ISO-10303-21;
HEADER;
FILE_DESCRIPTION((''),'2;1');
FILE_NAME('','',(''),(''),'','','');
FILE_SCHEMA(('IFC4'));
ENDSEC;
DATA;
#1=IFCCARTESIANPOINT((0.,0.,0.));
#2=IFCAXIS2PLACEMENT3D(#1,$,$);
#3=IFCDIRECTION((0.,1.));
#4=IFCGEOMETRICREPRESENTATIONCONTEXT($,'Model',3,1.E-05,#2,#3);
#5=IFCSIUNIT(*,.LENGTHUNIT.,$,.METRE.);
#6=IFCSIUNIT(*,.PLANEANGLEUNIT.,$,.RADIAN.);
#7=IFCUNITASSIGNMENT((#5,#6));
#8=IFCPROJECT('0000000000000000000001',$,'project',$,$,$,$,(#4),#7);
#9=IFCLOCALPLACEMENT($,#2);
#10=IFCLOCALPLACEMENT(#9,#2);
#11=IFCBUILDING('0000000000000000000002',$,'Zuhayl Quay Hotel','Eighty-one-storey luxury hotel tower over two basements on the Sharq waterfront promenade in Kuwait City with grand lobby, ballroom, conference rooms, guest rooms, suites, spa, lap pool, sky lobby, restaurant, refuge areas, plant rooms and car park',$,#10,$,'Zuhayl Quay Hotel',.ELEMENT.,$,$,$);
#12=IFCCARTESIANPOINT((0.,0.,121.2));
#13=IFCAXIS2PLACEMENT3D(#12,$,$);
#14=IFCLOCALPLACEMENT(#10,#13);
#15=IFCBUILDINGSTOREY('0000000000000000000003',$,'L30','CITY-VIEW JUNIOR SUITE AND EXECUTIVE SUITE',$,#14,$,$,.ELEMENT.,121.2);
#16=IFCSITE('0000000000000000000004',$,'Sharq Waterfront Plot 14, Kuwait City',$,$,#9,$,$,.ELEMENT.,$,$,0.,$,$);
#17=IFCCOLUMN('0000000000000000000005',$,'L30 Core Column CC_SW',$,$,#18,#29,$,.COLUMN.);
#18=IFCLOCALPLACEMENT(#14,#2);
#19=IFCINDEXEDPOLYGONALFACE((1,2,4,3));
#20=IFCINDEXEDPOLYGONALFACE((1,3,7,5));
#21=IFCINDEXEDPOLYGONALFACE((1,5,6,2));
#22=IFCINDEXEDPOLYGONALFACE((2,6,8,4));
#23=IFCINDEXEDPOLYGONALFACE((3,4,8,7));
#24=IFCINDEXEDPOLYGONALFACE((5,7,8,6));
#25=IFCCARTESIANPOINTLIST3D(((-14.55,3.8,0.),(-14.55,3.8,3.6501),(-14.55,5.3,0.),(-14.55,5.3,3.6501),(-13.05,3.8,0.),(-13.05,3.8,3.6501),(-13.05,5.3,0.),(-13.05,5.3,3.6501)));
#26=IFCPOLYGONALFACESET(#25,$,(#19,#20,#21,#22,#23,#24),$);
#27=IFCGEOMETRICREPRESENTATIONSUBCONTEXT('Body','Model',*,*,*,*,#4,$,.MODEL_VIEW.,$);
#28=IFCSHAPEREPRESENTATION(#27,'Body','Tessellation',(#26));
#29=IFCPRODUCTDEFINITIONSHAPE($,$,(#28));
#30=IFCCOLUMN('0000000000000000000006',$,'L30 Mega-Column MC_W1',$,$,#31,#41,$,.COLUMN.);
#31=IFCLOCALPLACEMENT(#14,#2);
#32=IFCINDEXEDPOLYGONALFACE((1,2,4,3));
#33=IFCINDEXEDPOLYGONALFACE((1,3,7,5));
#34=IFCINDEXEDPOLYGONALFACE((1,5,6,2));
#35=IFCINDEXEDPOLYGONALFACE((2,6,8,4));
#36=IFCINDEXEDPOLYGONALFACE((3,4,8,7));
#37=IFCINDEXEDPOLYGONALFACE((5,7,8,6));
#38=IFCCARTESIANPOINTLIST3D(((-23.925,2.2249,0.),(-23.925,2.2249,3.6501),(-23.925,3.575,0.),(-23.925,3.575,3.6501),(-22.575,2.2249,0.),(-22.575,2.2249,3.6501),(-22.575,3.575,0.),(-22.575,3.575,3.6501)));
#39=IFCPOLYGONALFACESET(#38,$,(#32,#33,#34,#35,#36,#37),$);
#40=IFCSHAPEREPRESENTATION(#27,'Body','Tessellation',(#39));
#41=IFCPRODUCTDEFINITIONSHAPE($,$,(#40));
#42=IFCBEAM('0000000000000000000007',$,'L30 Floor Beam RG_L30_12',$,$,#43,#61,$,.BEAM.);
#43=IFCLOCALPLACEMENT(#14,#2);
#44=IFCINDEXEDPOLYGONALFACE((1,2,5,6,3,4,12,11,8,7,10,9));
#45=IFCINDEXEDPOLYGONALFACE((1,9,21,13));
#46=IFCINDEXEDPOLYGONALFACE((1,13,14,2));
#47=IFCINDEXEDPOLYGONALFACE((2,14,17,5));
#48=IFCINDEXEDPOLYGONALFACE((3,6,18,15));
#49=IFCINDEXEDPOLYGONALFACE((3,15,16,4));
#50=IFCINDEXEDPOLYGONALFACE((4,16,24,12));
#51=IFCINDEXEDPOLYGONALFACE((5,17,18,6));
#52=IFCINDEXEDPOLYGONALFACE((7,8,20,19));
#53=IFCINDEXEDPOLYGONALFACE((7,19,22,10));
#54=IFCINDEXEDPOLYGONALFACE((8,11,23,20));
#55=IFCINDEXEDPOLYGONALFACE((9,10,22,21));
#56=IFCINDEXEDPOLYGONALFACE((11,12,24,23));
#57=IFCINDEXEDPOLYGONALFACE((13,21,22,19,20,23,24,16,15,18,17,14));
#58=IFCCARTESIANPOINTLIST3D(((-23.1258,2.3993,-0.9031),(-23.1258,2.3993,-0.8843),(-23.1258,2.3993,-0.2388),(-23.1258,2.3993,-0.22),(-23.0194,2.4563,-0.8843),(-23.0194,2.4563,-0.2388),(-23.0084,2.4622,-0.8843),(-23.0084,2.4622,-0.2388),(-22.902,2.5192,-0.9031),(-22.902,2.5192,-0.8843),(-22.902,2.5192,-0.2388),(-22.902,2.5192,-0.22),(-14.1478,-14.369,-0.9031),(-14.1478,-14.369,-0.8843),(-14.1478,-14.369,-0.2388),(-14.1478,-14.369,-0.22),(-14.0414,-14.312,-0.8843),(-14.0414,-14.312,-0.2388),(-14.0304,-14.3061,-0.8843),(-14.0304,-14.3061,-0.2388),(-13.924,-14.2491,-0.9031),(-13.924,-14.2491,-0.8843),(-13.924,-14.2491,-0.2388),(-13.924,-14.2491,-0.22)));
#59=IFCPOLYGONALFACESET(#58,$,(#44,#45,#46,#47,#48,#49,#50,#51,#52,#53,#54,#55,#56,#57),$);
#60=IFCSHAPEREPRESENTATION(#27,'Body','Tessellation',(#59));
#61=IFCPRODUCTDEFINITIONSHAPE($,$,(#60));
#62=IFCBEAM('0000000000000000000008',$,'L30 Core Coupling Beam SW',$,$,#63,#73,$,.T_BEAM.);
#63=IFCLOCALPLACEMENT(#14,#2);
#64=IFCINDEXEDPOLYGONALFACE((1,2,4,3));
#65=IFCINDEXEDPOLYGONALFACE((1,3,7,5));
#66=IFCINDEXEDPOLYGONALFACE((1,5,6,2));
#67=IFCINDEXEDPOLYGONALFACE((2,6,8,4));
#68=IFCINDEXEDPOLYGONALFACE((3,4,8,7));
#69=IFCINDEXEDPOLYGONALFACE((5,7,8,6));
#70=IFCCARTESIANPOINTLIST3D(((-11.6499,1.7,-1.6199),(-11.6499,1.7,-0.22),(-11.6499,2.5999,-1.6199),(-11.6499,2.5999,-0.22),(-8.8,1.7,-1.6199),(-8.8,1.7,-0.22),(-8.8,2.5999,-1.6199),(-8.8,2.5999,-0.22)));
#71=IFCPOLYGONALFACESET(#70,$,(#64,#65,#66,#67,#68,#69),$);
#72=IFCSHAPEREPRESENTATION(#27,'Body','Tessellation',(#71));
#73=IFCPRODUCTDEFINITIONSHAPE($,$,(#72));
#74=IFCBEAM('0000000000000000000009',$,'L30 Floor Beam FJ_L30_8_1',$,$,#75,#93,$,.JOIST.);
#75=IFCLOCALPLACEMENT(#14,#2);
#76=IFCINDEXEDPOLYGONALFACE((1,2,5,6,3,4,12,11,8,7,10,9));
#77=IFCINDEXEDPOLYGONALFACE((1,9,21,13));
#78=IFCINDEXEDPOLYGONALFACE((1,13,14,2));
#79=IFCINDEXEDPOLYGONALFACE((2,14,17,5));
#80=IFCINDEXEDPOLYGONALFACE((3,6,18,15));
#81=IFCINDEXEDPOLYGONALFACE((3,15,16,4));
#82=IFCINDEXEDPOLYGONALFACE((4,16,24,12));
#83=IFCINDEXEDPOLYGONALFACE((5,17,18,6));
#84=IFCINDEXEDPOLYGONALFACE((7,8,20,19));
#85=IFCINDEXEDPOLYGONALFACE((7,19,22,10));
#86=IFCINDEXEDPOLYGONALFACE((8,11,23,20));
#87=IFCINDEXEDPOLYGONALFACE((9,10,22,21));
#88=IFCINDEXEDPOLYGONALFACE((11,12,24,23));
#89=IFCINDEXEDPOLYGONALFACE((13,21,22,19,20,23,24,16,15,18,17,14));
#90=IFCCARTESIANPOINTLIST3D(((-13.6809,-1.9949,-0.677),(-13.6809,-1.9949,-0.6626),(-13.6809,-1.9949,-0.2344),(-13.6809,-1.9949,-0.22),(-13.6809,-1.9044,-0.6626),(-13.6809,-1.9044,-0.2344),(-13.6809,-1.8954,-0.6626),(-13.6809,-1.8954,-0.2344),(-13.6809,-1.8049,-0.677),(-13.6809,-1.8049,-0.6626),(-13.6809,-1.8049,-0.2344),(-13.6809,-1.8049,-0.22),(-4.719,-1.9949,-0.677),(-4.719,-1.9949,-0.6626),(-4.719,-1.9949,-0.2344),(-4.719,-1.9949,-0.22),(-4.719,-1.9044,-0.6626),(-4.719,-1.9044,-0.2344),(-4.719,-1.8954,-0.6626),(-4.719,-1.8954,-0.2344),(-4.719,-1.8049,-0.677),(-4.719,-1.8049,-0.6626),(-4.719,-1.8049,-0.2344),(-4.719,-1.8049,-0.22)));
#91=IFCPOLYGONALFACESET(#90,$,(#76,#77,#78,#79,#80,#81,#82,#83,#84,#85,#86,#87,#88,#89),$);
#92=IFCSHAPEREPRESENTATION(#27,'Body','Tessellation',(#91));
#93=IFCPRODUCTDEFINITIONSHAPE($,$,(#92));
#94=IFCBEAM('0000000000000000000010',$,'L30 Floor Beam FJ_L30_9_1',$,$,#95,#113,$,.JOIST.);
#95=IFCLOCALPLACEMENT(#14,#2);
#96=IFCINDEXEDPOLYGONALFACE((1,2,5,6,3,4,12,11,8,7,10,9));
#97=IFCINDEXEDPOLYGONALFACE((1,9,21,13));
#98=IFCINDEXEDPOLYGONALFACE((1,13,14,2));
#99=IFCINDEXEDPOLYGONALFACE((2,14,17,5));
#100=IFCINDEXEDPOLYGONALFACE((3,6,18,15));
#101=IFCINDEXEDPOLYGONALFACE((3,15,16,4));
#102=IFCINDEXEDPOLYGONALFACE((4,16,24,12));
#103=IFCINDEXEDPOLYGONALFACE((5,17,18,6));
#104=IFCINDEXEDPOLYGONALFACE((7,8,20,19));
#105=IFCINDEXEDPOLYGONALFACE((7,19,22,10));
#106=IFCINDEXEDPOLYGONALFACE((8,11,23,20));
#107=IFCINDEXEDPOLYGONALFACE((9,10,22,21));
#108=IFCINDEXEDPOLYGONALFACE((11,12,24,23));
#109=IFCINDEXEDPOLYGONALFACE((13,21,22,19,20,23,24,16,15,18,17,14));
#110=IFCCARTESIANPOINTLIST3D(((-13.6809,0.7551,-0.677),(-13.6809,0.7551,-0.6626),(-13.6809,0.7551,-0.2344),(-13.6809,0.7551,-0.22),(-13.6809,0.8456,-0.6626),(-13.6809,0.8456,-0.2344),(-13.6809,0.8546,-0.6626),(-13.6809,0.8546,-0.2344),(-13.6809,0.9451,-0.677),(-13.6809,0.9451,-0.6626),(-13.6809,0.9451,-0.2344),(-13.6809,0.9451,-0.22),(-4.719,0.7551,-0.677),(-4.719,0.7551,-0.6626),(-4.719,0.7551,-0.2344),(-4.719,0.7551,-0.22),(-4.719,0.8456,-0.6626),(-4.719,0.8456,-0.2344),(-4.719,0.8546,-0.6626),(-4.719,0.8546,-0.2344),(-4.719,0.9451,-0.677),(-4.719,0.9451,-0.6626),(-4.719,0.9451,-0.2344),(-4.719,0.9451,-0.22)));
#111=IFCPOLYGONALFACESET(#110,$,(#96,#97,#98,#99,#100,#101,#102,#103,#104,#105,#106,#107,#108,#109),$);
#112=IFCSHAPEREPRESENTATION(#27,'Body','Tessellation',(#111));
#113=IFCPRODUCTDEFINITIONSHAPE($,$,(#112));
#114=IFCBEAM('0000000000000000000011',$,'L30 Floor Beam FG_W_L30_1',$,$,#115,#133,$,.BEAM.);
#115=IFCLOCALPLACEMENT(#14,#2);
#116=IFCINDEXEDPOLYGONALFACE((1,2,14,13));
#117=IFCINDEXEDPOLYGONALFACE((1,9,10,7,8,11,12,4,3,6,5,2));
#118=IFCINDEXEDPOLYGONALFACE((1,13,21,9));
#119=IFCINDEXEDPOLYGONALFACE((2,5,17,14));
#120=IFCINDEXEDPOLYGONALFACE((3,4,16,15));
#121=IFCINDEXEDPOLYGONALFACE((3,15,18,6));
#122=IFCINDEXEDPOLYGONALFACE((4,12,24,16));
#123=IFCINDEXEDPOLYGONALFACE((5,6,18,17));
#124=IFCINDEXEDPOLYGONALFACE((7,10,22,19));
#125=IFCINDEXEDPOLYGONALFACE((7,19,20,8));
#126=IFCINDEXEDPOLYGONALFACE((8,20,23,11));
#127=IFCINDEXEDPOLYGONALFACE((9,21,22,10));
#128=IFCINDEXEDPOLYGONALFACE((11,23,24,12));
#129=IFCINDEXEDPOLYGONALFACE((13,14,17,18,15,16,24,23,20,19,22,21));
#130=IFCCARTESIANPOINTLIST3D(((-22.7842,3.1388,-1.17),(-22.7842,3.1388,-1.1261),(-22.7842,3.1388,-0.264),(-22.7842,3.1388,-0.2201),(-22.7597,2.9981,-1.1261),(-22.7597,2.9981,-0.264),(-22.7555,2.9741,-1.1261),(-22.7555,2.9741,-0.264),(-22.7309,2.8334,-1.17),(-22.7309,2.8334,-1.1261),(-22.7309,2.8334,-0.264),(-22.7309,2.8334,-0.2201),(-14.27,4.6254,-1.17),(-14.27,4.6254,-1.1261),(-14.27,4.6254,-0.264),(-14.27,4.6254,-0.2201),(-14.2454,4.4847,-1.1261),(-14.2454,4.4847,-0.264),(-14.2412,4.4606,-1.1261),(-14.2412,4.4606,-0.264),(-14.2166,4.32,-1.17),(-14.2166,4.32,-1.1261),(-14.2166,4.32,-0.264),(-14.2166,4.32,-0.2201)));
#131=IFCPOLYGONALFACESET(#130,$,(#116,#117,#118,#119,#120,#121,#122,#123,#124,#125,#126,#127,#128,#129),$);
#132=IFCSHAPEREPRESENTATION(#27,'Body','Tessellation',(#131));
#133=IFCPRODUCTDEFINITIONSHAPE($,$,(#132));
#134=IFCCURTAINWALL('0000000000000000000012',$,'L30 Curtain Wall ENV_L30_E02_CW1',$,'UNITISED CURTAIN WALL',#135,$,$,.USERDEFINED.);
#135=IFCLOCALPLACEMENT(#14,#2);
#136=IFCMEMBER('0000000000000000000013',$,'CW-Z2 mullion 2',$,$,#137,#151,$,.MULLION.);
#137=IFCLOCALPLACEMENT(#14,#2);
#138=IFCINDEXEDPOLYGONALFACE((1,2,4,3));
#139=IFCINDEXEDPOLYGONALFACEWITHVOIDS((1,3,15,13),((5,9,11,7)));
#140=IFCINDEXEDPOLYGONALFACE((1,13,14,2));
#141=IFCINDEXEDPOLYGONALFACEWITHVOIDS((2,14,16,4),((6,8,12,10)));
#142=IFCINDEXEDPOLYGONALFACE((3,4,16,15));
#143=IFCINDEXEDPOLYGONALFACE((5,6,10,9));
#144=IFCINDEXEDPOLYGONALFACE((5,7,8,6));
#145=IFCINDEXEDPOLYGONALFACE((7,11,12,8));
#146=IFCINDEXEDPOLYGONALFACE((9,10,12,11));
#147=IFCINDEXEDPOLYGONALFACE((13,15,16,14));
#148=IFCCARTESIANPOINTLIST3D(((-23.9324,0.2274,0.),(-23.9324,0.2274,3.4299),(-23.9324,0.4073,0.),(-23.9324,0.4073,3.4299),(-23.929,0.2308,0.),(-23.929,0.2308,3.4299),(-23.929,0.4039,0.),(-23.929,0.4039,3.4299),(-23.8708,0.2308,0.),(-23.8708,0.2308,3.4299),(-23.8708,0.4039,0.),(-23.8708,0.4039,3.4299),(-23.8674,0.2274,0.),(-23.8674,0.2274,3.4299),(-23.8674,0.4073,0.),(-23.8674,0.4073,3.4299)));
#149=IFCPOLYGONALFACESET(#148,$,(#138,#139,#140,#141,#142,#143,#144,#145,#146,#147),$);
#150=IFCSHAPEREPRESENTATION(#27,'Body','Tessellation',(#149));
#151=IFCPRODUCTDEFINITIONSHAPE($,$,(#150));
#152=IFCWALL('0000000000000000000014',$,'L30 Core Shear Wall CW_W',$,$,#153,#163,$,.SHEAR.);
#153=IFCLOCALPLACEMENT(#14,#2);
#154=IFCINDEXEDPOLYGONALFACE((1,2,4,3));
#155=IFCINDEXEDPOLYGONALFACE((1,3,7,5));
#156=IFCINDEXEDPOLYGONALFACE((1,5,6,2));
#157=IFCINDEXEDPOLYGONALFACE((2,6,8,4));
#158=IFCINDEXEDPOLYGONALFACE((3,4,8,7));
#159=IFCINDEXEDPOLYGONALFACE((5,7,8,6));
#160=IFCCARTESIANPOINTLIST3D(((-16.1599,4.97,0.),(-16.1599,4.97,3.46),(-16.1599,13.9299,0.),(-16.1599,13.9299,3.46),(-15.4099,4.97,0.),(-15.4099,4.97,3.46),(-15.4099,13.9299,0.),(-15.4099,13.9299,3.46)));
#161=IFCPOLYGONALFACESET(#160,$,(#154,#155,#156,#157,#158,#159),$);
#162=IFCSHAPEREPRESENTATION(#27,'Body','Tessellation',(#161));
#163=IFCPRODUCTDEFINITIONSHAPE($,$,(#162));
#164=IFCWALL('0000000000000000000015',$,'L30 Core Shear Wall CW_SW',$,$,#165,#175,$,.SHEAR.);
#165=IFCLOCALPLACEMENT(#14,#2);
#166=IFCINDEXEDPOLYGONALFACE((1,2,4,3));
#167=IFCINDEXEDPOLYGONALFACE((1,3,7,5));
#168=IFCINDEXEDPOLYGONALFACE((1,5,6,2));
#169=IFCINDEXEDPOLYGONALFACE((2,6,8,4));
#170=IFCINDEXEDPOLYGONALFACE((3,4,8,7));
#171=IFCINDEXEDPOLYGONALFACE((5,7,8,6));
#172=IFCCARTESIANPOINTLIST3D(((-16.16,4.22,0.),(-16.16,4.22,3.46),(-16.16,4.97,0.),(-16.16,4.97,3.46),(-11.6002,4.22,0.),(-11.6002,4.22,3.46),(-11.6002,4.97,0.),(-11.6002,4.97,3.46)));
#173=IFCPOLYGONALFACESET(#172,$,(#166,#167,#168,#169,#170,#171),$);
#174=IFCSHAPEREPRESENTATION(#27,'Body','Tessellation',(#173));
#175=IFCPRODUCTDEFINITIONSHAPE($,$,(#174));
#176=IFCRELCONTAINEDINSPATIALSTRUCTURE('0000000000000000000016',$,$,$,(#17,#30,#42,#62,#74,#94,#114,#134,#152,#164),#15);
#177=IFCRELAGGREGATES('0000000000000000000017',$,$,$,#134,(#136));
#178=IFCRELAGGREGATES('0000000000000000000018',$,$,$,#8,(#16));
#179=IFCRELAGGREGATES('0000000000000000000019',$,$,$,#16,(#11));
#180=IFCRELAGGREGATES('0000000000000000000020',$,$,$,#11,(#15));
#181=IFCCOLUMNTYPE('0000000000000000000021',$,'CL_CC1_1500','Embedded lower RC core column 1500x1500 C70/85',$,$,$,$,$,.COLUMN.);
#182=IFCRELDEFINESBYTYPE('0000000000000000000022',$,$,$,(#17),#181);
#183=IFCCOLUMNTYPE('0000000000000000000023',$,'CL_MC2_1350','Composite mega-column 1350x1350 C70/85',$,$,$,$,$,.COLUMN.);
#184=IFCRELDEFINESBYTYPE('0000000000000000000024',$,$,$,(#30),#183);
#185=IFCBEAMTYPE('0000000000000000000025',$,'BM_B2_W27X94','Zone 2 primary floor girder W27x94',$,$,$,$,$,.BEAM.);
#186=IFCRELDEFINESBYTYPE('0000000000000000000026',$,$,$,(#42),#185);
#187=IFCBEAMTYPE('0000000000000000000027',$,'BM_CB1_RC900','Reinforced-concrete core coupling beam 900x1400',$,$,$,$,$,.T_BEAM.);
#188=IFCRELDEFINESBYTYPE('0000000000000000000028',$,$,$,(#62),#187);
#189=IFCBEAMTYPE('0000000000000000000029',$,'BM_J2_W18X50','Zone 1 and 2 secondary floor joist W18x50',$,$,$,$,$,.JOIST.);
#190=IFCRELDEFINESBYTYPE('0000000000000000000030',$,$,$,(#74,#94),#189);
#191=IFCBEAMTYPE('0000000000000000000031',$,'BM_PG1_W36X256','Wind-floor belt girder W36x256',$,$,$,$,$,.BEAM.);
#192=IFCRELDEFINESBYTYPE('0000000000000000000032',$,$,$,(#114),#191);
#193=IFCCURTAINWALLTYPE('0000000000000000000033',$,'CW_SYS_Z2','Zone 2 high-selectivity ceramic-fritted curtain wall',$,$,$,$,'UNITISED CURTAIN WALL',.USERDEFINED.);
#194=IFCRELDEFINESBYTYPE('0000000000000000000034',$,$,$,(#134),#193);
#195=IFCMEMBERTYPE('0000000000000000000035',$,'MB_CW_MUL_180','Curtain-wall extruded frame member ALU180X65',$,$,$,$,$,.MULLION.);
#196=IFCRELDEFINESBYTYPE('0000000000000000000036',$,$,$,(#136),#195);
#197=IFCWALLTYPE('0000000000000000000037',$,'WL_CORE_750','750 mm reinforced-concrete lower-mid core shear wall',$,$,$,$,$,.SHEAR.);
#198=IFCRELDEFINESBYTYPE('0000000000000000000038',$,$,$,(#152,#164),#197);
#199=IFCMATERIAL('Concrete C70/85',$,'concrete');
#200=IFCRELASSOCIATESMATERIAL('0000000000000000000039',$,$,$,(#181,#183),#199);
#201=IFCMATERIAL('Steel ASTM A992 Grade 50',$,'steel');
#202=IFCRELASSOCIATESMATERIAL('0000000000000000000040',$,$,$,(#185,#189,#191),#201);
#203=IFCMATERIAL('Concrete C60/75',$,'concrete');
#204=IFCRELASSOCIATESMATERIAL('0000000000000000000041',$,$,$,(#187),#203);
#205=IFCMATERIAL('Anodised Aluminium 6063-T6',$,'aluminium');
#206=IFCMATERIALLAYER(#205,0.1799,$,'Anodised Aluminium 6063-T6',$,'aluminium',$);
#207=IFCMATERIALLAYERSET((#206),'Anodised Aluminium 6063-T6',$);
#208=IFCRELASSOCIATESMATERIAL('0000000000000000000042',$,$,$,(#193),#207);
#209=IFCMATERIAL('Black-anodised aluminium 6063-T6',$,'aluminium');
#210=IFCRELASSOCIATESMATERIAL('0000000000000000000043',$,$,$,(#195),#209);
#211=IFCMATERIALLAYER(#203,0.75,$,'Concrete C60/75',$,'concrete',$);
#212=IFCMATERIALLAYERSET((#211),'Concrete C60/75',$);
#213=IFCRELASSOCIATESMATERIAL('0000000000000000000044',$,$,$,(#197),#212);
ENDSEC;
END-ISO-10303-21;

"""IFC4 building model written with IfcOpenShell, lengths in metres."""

from ifc_helpers import new_model, si_unit, direction, frame, frame_2d, origin, origin_2d, place, context, subcontext, project, spatial, rectangle, hollow_rectangle, i_section, extrude, material, layer, layer_set, material_profile, profile_set, type_object, element, aggregate, save


model = new_model("IFC4")

# Units and contexts
model_context = context("Model", 3, precision=1e-05, world=origin(), true_north=direction((0.0, 1.0)))
body_context = subcontext(model_context, "Body", "Model", "MODEL_VIEW")
ifc_project = project(units=[si_unit("LENGTHUNIT", "METRE"), si_unit("PLANEANGLEUNIT", "RADIAN")], contexts=[model_context])

# Site, building, storey
site_placement = place(None, origin())
site = spatial("IfcSite", under=ifc_project, at=site_placement, Name="Sharq Waterfront Plot 14, Kuwait City", CompositionType="ELEMENT", RefElevation=0.0)
building_placement = place(site_placement, origin())
building = spatial("IfcBuilding", under=site, at=building_placement, Name="Zuhayl Quay Hotel", Description="Eighty-one-storey luxury hotel tower over two basements on the Sharq waterfront promenade in Kuwait City with grand lobby, ballroom, conference rooms, guest rooms, suites, spa, lap pool, sky lobby, restaurant, refuge areas, plant rooms and car park", LongName="Zuhayl Quay Hotel", CompositionType="ELEMENT")
storey_placement = place(building_placement, frame((0.0, 0.0, 121.2)))
storey = spatial("IfcBuildingStorey", under=building, at=storey_placement, Name="L30", Description="CITY-VIEW JUNIOR SUITE AND EXECUTIVE SUITE", CompositionType="ELEMENT", Elevation=121.2)

# Columns
ifc_material_1 = material(Name="Concrete C70/85", Category="concrete")
ifc_material_profile_1 = material_profile(ifc_material_1, rectangle(XDim=1.5, YDim=1.5, at=origin_2d()), Name="RC1500X1500")
ifc_profile_set_1 = profile_set([ifc_material_profile_1], Name="Concrete C70/85")
column_type_1 = type_object("IfcColumnType", Name="CL_CC1_1500", Description="Embedded lower RC core column 1500x1500 C70/85", PredefinedType="COLUMN", material=ifc_profile_set_1)
column_1_placement = place(storey_placement, frame((-13.8, 4.55, 0.0), z_axis=(0.0, 0.0, 1.0), x_axis=(1.0, 0.0, 0.0)))
element("IfcColumn", 1, at=column_1_placement, inside=storey, type_object=column_type_1, Name="L30 Core Column CC_SW", PredefinedType="COLUMN", context=body_context, shape_type="SweptSolid", body=[
    extrude(rectangle(XDim=1.5, YDim=1.5, at=origin_2d()), origin(), (0.0, 0.0, 1.0), 3.6501),
])
ifc_material_profile_2 = material_profile(ifc_material_1, rectangle(XDim=1.3501, YDim=1.3501, at=origin_2d()), Name="RC1350X1350")
ifc_profile_set_2 = profile_set([ifc_material_profile_2], Name="Concrete C70/85")
column_type_2 = type_object("IfcColumnType", Name="CL_MC2_1350", Description="Composite mega-column 1350x1350 C70/85", PredefinedType="COLUMN", material=ifc_profile_set_2)
column_2_placement = place(storey_placement, frame((-23.25, 2.8999, 0.0), z_axis=(0.0, 0.0, 1.0), x_axis=(1.0, 0.0, 0.0)))
element("IfcColumn", 2, at=column_2_placement, inside=storey, type_object=column_type_2, Name="L30 Mega-Column MC_W1", PredefinedType="COLUMN", context=body_context, shape_type="SweptSolid", body=[
    extrude(rectangle(XDim=1.3501, YDim=1.3501, at=origin_2d()), origin(), (0.0, 0.0, 1.0), 3.6501),
])

# Beams
ifc_material_2 = material(Name="Steel ASTM A992 Grade 50", Category="steel")
ifc_material_profile_3 = material_profile(ifc_material_2, i_section(OverallWidth=0.2539, OverallDepth=0.6831, WebThickness=0.0125, FlangeThickness=0.0188, at=origin_2d()), Name="W27X94")
ifc_profile_set_3 = profile_set([ifc_material_profile_3], Name="Steel ASTM A992 Grade 50")
beam_type_1 = type_object("IfcBeamType", Name="BM_B2_W27X94", Description="Zone 2 primary floor girder W27x94", PredefinedType="BEAM", material=ifc_profile_set_3)
beam_1_placement = place(storey_placement, frame((-23.0139, 2.4592, -0.5615), z_axis=(0.472017, -0.881589, 0.0), x_axis=(0.881589, 0.472017, 0.0)))
element("IfcBeam", 3, at=beam_1_placement, inside=storey, type_object=beam_type_1, Name="L30 Floor Beam RG_L30_12", PredefinedType="BEAM", context=body_context, shape_type="SweptSolid", body=[
    extrude(i_section(OverallWidth=0.2539, OverallDepth=0.6831, WebThickness=0.0125, FlangeThickness=0.0188, at=origin_2d()), origin(), (0.0, 0.0, 1.0), 19.0205),
])
ifc_material_3 = material(Name="Concrete C60/75", Category="concrete")
ifc_material_profile_4 = material_profile(ifc_material_3, rectangle(XDim=0.8999, YDim=1.3999, at=origin_2d()), Name="RC900X1400")
ifc_profile_set_4 = profile_set([ifc_material_profile_4], Name="Concrete C60/75")
beam_type_2 = type_object("IfcBeamType", Name="BM_CB1_RC900", Description="Reinforced-concrete core coupling beam 900x1400", PredefinedType="T_BEAM", material=ifc_profile_set_4)
beam_2_placement = place(storey_placement, frame((-11.6499, 2.1499, -0.9199), z_axis=(1.0, 0.0, 0.0), x_axis=(0.0, 1.0, 0.0)))
element("IfcBeam", 4, at=beam_2_placement, inside=storey, type_object=beam_type_2, Name="L30 Core Coupling Beam SW", PredefinedType="T_BEAM", context=body_context, shape_type="SweptSolid", body=[
    extrude(rectangle(XDim=0.8999, YDim=1.3999, at=origin_2d()), origin(), (0.0, 0.0, 1.0), 2.8499),
])
ifc_material_profile_5 = material_profile(ifc_material_2, i_section(OverallWidth=0.1899, OverallDepth=0.457, WebThickness=0.009, FlangeThickness=0.0144, at=origin_2d()), Name="W18X50")
ifc_profile_set_5 = profile_set([ifc_material_profile_5], Name="Steel ASTM A992 Grade 50")
beam_type_3 = type_object("IfcBeamType", Name="BM_J2_W18X50", Description="Zone 1 and 2 secondary floor joist W18x50", PredefinedType="JOIST", material=ifc_profile_set_5)
for number, where, z_axis, x_axis, name in (
    (5, (-13.6809, -1.8999, -0.4485), (1.0, 0.0, 0.0), (0.0, 1.0, 0.0), "L30 Floor Beam FJ_L30_8_1"),
    (6, (-13.6809, 0.8501, -0.4485), (1.0, 0.0, 0.0), (0.0, 1.0, 0.0), "L30 Floor Beam FJ_L30_9_1"),
):
    element("IfcBeam", number, at=place(storey_placement, frame(where, z_axis=z_axis, x_axis=x_axis)), inside=storey, type_object=beam_type_3, Name=name, PredefinedType="JOIST", context=body_context, shape_type="SweptSolid", body=[
        extrude(i_section(OverallWidth=0.1899, OverallDepth=0.457, WebThickness=0.009, FlangeThickness=0.0144, at=origin_2d()), origin(), (0.0, 0.0, 1.0), 8.9619),
    ])
ifc_material_profile_6 = material_profile(ifc_material_2, i_section(OverallWidth=0.3101, OverallDepth=0.95, WebThickness=0.0244, FlangeThickness=0.0439, at=origin_2d()), Name="W36X256")
ifc_profile_set_6 = profile_set([ifc_material_profile_6], Name="Steel ASTM A992 Grade 50")
beam_type_4 = type_object("IfcBeamType", Name="BM_PG1_W36X256", Description="Wind-floor belt girder W36x256", PredefinedType="BEAM", material=ifc_profile_set_6)
beam_3_placement = place(storey_placement, frame((-22.7576, 2.9861, -0.6951), z_axis=(0.985097, 0.171998, 0.0), x_axis=(-0.171998, 0.985097, 0.0)))
element("IfcBeam", 7, at=beam_3_placement, inside=storey, type_object=beam_type_4, Name="L30 Floor Beam FG_W_L30_1", PredefinedType="BEAM", context=body_context, shape_type="SweptSolid", body=[
    extrude(i_section(OverallWidth=0.3101, OverallDepth=0.95, WebThickness=0.0244, FlangeThickness=0.0439, at=origin_2d()), origin(), (0.0, 0.0, 1.0), 8.6431),
])

# Curtain wall, member
ifc_material_4 = material(Name="Anodised Aluminium 6063-T6", Category="aluminium")
ifc_layer_1 = layer(ifc_material_4, 0.1799, Name="Anodised Aluminium 6063-T6", Category="aluminium")
ifc_layer_set_1 = layer_set([ifc_layer_1], Name="Anodised Aluminium 6063-T6")
curtain_wall_type = type_object("IfcCurtainWallType", Name="CW_SYS_Z2", Description="Zone 2 high-selectivity ceramic-fritted curtain wall", ElementType="UNITISED CURTAIN WALL", PredefinedType="USERDEFINED", material=ifc_layer_set_1)
curtain_wall_placement = place(storey_placement, origin())
curtain_wall = element("IfcCurtainWall", 8, at=curtain_wall_placement, inside=storey, type_object=curtain_wall_type, Name="L30 Curtain Wall ENV_L30_E02_CW1", ObjectType="UNITISED CURTAIN WALL", PredefinedType="USERDEFINED")
ifc_material_5 = material(Name="Black-anodised aluminium 6063-T6", Category="aluminium")
ifc_material_profile_7 = material_profile(ifc_material_5, hollow_rectangle(XDim=0.0649, YDim=0.1799, WallThickness=0.0034, at=origin_2d()), Name="ALU180X65")
ifc_profile_set_7 = profile_set([ifc_material_profile_7], Name="Black-anodised aluminium 6063-T6")
member_type = type_object("IfcMemberType", Name="MB_CW_MUL_180", Description="Curtain-wall extruded frame member ALU180X65", PredefinedType="MULLION", material=ifc_profile_set_7)
member_placement = place(storey_placement, frame((-23.8999, 0.3174, 0.0), z_axis=(0.0, 0.0, 1.0), x_axis=(-1.0, 0.0, 0.0)))
member = element("IfcMember", 9, at=member_placement, type_object=member_type, Name="CW-Z2 mullion 2", PredefinedType="MULLION", context=body_context, shape_type="SweptSolid", body=[
    extrude(hollow_rectangle(XDim=0.0649, YDim=0.1799, WallThickness=0.0034, at=origin_2d()), origin(), (0.0, 0.0, 1.0), 3.4299),
])
aggregate(curtain_wall, [member])

# Walls
ifc_layer_2 = layer(ifc_material_3, 0.75, Name="Concrete C60/75", Category="concrete")
ifc_layer_set_2 = layer_set([ifc_layer_2], Name="Concrete C60/75")
wall_type_1 = type_object("IfcWallType", Name="WL_CORE_750", Description="750 mm reinforced-concrete lower-mid core shear wall", PredefinedType="SHEAR", material=ifc_layer_set_2)
wall_1_placement = place(storey_placement, frame((-15.7849, 4.97, 0.0), z_axis=(0.0, 0.0, 1.0), x_axis=(0.0, 1.0, 0.0)))
element("IfcWall", 10, at=wall_1_placement, inside=storey, type_object=wall_type_1, Name="L30 Core Shear Wall CW_W", PredefinedType="SHEAR", context=body_context, shape_type="SweptSolid", body=[
    extrude(rectangle(XDim=8.96, YDim=0.75, at=frame_2d((4.48, 0.0))), origin(), (0.0, 0.0, 1.0), 3.46),
])
wall_2_placement = place(storey_placement, frame((-16.1599, 4.595, 0.0), z_axis=(0.0, 0.0, 1.0), x_axis=(1.0, 0.0, 0.0)))
element("IfcWall", 11, at=wall_2_placement, inside=storey, type_object=wall_type_1, Name="L30 Core Shear Wall CW_SW", PredefinedType="SHEAR", context=body_context, shape_type="SweptSolid", body=[
    extrude(rectangle(XDim=4.5598, YDim=0.75, at=frame_2d((2.2798, 0.0))), origin(), (0.0, 0.0, 1.0), 3.46),
])

save(model, "model.ifc")
